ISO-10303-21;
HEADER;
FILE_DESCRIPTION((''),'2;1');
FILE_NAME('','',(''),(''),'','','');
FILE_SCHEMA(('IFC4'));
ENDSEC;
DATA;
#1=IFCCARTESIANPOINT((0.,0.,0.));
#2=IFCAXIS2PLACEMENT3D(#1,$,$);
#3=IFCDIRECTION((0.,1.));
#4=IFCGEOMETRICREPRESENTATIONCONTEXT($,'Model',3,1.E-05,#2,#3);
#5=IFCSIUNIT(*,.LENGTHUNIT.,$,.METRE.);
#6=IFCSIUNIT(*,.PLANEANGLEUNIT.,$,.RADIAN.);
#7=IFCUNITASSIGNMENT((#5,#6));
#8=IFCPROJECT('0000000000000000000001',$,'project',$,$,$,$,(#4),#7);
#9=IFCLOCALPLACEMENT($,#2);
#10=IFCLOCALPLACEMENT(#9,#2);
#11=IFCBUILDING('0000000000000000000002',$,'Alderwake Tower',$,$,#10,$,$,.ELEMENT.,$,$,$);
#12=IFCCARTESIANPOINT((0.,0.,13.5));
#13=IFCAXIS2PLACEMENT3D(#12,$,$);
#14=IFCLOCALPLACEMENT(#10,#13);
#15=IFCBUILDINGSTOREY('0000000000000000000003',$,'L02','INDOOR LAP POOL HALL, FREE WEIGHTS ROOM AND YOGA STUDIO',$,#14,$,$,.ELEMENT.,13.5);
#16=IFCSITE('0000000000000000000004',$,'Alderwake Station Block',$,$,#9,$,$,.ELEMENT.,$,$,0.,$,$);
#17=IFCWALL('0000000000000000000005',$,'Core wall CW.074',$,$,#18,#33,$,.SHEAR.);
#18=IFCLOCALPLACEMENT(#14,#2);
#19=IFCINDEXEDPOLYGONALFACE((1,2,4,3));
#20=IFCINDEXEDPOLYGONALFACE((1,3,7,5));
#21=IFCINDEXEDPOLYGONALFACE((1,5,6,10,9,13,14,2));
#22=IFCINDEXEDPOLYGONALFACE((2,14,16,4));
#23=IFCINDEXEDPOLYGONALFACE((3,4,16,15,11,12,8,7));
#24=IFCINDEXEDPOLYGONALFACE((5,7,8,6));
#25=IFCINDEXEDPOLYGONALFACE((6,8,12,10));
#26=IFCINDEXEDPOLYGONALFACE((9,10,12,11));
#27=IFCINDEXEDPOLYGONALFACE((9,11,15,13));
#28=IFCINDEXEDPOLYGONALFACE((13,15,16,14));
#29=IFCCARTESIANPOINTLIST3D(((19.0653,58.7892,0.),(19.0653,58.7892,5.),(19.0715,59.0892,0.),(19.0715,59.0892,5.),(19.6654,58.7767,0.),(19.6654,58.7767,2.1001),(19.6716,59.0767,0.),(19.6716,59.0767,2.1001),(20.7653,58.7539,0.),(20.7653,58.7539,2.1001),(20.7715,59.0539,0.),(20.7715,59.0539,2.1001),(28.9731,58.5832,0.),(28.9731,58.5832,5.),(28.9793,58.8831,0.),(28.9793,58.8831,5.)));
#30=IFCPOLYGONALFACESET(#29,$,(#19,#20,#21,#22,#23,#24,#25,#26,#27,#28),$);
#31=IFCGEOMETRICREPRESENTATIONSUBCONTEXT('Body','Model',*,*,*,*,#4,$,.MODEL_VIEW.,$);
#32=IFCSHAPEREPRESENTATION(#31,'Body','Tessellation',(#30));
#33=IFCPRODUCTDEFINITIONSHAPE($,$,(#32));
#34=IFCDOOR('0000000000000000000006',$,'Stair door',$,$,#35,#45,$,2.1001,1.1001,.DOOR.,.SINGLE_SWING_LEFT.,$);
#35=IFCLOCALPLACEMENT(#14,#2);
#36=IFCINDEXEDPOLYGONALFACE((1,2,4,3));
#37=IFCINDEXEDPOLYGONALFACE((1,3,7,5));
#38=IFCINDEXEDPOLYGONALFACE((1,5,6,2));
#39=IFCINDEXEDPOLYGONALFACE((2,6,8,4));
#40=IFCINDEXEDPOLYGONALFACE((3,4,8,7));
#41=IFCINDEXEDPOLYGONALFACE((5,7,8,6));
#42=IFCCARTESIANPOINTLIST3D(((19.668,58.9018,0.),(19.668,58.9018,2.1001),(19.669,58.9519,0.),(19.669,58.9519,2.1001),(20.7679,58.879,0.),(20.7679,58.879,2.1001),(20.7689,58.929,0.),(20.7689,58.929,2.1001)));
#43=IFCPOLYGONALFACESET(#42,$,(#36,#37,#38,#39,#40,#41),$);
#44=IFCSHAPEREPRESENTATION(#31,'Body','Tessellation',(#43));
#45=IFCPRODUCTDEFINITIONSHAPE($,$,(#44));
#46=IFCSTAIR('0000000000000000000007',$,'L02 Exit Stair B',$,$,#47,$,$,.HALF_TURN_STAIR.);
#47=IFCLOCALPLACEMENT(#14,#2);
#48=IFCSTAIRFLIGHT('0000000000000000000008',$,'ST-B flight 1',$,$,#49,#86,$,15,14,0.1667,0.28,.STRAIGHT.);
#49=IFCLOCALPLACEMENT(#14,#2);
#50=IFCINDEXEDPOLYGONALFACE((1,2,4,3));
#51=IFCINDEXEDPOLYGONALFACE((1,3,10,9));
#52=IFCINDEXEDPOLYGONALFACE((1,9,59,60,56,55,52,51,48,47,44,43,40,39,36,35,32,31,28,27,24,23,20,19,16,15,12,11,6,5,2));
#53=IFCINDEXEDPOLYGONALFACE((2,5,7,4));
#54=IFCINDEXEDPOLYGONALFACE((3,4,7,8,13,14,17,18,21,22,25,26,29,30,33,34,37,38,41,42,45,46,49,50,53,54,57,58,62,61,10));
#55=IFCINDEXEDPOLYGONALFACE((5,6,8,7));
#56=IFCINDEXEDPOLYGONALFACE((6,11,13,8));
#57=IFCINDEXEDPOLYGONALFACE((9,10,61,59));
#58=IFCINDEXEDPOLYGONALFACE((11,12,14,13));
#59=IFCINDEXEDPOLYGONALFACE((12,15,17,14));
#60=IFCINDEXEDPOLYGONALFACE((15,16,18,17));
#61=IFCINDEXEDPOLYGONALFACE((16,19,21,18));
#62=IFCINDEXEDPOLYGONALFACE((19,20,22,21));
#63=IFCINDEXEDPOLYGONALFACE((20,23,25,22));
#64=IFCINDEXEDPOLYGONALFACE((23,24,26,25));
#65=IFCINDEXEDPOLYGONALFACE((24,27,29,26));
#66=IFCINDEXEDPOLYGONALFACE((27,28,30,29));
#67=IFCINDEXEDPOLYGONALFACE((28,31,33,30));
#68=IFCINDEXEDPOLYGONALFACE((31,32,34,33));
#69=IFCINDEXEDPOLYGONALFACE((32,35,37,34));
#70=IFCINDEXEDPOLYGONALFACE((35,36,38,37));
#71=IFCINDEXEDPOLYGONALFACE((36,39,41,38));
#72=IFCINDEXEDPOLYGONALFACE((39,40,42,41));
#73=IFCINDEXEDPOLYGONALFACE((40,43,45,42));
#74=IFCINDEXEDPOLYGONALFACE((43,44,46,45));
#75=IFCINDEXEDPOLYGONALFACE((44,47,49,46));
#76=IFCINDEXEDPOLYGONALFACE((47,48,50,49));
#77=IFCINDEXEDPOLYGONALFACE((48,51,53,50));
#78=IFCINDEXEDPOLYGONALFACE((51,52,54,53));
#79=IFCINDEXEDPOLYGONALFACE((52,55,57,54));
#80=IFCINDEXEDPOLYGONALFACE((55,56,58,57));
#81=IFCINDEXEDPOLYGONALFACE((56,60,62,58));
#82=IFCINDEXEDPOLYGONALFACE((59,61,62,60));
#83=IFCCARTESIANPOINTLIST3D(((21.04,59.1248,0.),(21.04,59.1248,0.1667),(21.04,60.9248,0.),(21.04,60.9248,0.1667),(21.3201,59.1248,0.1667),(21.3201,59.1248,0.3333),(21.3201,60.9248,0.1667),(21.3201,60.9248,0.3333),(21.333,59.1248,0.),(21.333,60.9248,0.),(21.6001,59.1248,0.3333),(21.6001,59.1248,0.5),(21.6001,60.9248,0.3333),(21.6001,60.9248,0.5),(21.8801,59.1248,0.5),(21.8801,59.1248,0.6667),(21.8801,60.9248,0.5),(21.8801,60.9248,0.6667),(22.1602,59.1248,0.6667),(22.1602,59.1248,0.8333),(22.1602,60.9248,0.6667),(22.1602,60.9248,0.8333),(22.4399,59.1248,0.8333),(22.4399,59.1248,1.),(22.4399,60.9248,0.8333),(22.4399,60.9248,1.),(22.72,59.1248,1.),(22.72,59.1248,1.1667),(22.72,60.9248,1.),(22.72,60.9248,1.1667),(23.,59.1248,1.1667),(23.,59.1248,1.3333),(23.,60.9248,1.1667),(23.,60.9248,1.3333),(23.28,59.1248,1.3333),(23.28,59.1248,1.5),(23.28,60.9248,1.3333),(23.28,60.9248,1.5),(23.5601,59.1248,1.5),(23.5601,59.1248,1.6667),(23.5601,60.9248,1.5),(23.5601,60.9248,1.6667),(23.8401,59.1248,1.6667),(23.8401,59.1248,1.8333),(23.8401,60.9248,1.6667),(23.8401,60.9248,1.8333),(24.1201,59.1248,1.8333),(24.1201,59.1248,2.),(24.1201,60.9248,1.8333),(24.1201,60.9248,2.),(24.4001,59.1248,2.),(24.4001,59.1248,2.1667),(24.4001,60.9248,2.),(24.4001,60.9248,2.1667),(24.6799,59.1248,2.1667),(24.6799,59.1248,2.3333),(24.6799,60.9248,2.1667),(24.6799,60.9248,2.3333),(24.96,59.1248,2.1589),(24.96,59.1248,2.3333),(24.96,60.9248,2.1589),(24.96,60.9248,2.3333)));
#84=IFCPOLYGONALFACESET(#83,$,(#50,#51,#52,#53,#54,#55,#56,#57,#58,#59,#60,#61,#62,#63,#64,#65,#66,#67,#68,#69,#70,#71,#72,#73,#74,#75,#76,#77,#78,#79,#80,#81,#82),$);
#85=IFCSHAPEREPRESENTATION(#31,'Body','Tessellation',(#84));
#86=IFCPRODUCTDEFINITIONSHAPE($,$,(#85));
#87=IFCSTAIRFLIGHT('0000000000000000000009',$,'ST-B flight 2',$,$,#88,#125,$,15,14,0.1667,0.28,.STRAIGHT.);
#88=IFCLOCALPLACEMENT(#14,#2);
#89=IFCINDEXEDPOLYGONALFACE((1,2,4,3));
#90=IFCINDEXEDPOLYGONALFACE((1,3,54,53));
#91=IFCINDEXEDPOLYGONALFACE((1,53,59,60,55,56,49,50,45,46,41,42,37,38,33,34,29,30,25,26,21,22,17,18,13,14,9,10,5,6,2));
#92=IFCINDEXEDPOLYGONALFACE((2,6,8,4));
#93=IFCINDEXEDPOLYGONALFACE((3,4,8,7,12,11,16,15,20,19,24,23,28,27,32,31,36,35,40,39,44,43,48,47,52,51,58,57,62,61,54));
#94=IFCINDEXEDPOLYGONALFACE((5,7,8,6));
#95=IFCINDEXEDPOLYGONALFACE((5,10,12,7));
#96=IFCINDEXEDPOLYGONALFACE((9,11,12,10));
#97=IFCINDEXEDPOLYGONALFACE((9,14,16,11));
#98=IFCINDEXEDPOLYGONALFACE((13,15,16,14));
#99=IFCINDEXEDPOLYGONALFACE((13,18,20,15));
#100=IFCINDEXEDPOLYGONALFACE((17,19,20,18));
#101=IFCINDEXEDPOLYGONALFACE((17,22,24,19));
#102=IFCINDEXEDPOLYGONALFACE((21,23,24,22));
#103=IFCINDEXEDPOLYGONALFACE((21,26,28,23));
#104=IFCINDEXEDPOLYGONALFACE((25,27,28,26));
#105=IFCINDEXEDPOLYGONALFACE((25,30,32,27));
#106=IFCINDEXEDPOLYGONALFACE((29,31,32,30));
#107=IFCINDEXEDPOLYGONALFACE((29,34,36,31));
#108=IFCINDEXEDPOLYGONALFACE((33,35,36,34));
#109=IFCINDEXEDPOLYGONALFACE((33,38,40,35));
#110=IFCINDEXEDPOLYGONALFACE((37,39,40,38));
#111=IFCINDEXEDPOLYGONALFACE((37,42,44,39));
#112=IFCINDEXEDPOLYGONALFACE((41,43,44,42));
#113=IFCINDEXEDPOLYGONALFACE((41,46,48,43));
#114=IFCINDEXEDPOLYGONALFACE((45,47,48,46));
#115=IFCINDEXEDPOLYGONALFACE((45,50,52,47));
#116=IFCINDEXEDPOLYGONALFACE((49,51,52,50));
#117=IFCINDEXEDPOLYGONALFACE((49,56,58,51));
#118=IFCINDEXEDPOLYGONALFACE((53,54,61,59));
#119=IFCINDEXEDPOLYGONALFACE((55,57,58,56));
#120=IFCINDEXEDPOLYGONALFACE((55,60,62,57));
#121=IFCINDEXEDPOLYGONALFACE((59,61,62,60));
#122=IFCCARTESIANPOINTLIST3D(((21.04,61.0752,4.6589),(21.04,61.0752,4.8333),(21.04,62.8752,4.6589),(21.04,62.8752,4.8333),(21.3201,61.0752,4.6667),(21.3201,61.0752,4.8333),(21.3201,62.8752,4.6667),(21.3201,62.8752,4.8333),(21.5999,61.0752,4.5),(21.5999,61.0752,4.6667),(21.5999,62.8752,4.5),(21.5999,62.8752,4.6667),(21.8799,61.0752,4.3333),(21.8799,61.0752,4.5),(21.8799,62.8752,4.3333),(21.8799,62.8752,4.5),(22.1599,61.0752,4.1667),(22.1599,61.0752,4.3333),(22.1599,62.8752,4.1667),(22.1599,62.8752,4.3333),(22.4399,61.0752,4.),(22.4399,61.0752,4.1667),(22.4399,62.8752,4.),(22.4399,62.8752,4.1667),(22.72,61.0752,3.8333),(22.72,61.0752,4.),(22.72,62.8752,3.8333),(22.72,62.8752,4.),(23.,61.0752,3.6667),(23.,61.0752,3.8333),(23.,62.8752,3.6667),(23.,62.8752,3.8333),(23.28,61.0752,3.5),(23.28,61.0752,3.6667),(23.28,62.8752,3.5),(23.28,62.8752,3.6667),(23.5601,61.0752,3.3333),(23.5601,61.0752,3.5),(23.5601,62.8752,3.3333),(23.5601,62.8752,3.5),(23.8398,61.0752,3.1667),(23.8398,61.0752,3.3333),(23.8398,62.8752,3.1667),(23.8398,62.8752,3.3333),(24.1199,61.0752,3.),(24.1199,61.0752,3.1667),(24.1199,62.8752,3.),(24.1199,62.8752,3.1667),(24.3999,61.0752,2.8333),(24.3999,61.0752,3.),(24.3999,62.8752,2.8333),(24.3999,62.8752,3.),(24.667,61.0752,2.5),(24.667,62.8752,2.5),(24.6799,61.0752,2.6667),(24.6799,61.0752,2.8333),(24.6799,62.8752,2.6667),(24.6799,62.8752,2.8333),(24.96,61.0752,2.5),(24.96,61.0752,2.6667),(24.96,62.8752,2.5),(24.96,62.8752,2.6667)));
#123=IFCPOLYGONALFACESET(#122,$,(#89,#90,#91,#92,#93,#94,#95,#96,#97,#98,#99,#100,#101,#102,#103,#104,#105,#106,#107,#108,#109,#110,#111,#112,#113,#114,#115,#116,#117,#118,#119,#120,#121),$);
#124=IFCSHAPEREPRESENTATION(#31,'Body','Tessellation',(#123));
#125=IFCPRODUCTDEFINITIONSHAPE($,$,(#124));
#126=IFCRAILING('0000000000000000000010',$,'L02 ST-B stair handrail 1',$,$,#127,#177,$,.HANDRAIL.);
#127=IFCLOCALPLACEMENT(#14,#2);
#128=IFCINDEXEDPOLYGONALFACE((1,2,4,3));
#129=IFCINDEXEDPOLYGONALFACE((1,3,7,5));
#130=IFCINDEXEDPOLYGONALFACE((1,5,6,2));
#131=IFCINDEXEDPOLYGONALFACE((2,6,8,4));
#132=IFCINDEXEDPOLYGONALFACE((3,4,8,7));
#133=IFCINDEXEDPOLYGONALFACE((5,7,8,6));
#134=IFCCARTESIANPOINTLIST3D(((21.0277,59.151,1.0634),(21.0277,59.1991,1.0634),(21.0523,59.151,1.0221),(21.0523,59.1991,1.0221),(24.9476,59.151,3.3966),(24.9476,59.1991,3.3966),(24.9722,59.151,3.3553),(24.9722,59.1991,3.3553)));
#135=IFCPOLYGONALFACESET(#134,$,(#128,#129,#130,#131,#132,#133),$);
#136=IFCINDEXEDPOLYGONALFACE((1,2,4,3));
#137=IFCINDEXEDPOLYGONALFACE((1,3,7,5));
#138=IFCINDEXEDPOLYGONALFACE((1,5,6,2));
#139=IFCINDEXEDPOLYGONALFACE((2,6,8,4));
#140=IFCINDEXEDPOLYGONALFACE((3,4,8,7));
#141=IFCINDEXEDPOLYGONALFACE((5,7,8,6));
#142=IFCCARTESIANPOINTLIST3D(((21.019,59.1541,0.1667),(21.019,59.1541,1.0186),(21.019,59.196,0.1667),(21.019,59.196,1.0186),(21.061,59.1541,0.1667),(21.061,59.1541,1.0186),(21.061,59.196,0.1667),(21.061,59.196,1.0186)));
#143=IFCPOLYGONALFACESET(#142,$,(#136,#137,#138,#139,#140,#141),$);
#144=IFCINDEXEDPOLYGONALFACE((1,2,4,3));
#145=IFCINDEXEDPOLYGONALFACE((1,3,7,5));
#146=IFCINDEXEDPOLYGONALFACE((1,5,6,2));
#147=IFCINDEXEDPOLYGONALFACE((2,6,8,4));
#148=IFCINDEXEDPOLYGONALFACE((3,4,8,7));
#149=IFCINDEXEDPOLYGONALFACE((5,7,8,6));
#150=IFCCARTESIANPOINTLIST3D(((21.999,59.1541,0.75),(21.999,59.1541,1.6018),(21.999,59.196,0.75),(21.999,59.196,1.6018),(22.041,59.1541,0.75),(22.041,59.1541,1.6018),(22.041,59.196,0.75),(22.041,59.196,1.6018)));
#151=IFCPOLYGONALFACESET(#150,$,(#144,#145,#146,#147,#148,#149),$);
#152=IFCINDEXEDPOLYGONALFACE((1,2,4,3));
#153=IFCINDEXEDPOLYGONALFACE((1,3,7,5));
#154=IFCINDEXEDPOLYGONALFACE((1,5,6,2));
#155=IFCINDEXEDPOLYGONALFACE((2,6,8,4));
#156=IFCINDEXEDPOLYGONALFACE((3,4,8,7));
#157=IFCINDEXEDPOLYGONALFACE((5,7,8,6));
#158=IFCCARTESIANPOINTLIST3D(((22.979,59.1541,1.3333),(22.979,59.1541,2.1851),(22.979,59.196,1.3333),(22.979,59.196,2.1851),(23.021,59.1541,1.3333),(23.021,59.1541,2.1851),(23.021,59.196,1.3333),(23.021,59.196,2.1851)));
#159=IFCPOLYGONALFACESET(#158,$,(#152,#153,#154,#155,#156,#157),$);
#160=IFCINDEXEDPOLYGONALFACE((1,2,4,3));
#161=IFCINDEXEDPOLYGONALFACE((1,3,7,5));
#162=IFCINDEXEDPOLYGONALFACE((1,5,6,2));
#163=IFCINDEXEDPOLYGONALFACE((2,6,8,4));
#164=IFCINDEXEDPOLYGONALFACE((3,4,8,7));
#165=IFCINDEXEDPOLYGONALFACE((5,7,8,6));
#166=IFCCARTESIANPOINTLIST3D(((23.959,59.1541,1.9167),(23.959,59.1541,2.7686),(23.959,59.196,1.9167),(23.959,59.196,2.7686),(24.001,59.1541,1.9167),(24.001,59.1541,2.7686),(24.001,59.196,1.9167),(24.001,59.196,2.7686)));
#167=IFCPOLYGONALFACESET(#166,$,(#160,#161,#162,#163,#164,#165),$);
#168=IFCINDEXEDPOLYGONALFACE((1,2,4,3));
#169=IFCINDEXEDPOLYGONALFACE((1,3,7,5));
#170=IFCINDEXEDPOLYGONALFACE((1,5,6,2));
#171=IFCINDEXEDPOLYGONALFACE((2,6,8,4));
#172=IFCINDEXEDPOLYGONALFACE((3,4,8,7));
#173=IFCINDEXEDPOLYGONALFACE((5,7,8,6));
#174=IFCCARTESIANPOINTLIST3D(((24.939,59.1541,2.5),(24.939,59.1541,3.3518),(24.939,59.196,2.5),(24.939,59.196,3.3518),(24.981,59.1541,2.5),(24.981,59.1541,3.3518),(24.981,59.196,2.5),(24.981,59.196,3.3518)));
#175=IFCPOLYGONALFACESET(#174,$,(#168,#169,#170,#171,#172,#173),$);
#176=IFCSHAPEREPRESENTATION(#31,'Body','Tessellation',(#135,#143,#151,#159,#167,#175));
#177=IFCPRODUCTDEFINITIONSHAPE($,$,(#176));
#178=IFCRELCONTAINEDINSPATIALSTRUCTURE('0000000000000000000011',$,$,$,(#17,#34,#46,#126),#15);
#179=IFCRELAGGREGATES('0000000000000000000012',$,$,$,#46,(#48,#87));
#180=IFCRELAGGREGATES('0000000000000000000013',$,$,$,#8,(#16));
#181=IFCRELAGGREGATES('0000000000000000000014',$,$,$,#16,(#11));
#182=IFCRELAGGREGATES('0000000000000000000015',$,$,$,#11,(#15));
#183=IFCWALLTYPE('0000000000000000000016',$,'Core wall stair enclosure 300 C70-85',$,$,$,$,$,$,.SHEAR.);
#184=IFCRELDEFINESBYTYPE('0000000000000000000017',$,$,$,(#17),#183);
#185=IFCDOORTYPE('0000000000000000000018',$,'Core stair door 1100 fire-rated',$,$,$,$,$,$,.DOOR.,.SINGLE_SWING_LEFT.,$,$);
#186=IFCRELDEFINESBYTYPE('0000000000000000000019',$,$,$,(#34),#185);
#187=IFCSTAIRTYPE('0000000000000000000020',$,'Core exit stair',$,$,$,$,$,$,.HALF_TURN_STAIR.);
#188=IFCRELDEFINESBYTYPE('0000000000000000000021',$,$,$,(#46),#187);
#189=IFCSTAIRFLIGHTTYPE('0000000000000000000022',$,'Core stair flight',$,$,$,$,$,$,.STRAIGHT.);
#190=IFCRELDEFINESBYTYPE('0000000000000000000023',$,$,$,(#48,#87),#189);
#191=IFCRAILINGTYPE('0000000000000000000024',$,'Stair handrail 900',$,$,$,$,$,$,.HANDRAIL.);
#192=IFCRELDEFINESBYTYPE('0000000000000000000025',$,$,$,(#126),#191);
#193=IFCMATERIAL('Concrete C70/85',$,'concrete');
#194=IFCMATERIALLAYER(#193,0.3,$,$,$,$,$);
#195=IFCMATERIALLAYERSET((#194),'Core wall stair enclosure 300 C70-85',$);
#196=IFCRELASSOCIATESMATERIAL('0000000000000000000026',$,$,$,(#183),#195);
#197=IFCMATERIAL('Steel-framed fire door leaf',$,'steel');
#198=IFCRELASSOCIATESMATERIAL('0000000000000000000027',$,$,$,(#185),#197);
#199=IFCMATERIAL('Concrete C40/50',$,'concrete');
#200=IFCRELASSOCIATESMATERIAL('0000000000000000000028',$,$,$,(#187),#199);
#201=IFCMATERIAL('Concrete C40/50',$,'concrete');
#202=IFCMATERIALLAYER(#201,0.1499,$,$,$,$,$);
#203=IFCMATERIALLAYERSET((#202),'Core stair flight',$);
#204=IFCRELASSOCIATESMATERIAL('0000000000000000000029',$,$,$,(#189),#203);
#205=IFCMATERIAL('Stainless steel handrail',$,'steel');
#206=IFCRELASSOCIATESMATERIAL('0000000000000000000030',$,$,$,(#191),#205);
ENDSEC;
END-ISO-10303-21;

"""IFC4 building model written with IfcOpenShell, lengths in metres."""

from ifc_helpers import new_model, si_unit, direction, frame, frame_2d, origin, origin_with_axes, origin_2d, place, context, subcontext, project, spatial, polyline, rectangle, outline, extrude, material, layer, layer_set, type_object, element, fill, aggregate, save


model = new_model("IFC4")

# Units and contexts
model_context = context("Model", 3, precision=1e-05, world=origin(), true_north=direction((0.0, 1.0)))
body_context = subcontext(model_context, "Body", "Model", "MODEL_VIEW")
ifc_project = project(units=[si_unit("LENGTHUNIT", "METRE"), si_unit("PLANEANGLEUNIT", "RADIAN")], contexts=[model_context])

# Site, building, storey
site_placement = place(None, origin())
site = spatial("IfcSite", under=ifc_project, at=site_placement, Name="Alderwake Station Block", CompositionType="ELEMENT", RefElevation=0.0)
building_placement = place(site_placement, origin())
building = spatial("IfcBuilding", under=site, at=building_placement, Name="Alderwake Tower", CompositionType="ELEMENT")
storey_placement = place(building_placement, frame((0.0, 0.0, 13.5)))
storey = spatial("IfcBuildingStorey", under=building, at=storey_placement, Name="L02", Description="INDOOR LAP POOL HALL, FREE WEIGHTS ROOM AND YOGA STUDIO", CompositionType="ELEMENT", Elevation=13.5)

# Wall, opening, door
ifc_material_1 = material(Name="Concrete C70/85", Category="concrete")
ifc_layer_1 = layer(ifc_material_1, 0.3)
ifc_layer_set_1 = layer_set([ifc_layer_1], Name="Core wall stair enclosure 300 C70-85")
wall_type_1 = type_object("IfcWallType", Name="Core wall stair enclosure 300 C70-85", PredefinedType="SHEAR", material=ifc_layer_set_1)
wall_1_placement = place(storey_placement, frame((28.9763, 58.7332, 0.0), z_axis=(0.0, 0.0, 1.0), x_axis=(-0.999784, 0.020793, 0.0)))
wall_1 = element("IfcWall", 1, at=wall_1_placement, inside=storey, type_object=wall_type_1, Name="Core wall CW.074", PredefinedType="SHEAR", context=body_context, shape_type="SweptSolid", body=[
    extrude(rectangle(XDim=9.9099, YDim=0.3, at=frame_2d((4.9551, 0.0))), origin(), (0.0, 0.0, 1.0), 5.0),
])
opening_1_placement = place(wall_1_placement, frame((8.2097, 0.0, 0.0)))
opening_1 = element("IfcOpeningElement", 2, at=opening_1_placement, cuts=wall_1, PredefinedType="OPENING", context=body_context, shape_type="SweptSolid", body=[
    extrude(rectangle(XDim=1.1001, YDim=2.1001, at=frame_2d((0.55, 1.05))), frame((0.0, 0.1599, 0.0), z_axis=(0.0, -1.0, 0.0), x_axis=(1.0, 0.0, 0.0)), (0.0, 0.0, 1.0), 0.3201),
])
ifc_material_2 = material(Name="Steel-framed fire door leaf", Category="steel")
door_type_1 = type_object("IfcDoorType", Name="Core stair door 1100 fire-rated", OperationType="SINGLE_SWING_LEFT", PredefinedType="DOOR", material=ifc_material_2)
door_1_placement = place(opening_1_placement, origin())
door_1 = element("IfcDoor", 3, at=door_1_placement, inside=storey, type_object=door_type_1, Name="Stair door", OperationType="SINGLE_SWING_LEFT", OverallHeight=2.1001, OverallWidth=1.1001, PredefinedType="DOOR", context=body_context, shape_type="SweptSolid", body=[
    extrude(rectangle(XDim=1.1001, YDim=2.1001, at=frame_2d((0.55, 1.05))), frame((0.0, 0.0249, 0.0), z_axis=(0.0, -1.0, 0.0), x_axis=(1.0, 0.0, 0.0)), (0.0, 0.0, 1.0), 0.05),
])
fill(opening_1, door_1)

# Stair, stair flights
ifc_material_3 = material(Name="Concrete C40/50", Category="concrete")
stair_type = type_object("IfcStairType", Name="Core exit stair", PredefinedType="HALF_TURN_STAIR", material=ifc_material_3)
stair_placement = place(storey_placement, origin())
stair = element("IfcStair", 4, at=stair_placement, inside=storey, type_object=stair_type, Name="L02 Exit Stair B", PredefinedType="HALF_TURN_STAIR")
ifc_material_4 = material(Name="Concrete C40/50", Category="concrete")
ifc_layer_2 = layer(ifc_material_4, 0.1499)
ifc_layer_set_2 = layer_set([ifc_layer_2], Name="Core stair flight")
stair_flight_type = type_object("IfcStairFlightType", Name="Core stair flight", PredefinedType="STRAIGHT", material=ifc_layer_set_2)
stair_flight_1_placement = place(storey_placement, frame((21.04, 60.0249, 0.0), z_axis=(0.0, 0.0, 1.0), x_axis=(1.0, 0.0, 0.0)))
stair_flight_1 = element("IfcStairFlight", 5, at=stair_flight_1_placement, type_object=stair_flight_type, Name="ST-B flight 1", NumberOfRisers=15, NumberOfTreads=14, PredefinedType="STRAIGHT", RiserHeight=0.1667, TreadLength=0.28, context=body_context, shape_type="SweptSolid", body=[
    extrude(outline(polyline([(0.0, 0.0), (0.0, 0.1667), (0.28, 0.1667), (0.28, 0.3333), (0.5601, 0.3333), (0.5601, 0.5), (0.8401, 0.5), (0.8401, 0.6667), (1.1201, 0.6667), (1.1201, 0.8333), (1.3999, 0.8333), (1.3999, 1.0), (1.6799, 1.0), (1.6799, 1.1667), (1.96, 1.1667), (1.96, 1.3333), (2.24, 1.3333), (2.24, 1.5), (2.52, 1.5), (2.52, 1.6667), (2.8, 1.6667), (2.8, 1.8333), (3.0801, 1.8333), (3.0801, 2.0), (3.3601, 2.0), (3.3601, 2.1667), (3.6399, 2.1667), (3.6399, 2.3333), (3.9199, 2.3333), (3.9199, 2.5), (3.9199, 2.1589), (0.293, 0.0), (0.0, 0.0)])), frame((0.0, 0.8999, 0.0), z_axis=(0.0, -1.0, 0.0), x_axis=(1.0, 0.0, 0.0)), (0.0, 0.0, 1.0), 1.8),
])
stair_flight_2_placement = place(storey_placement, frame((24.96, 61.9751, 2.5), z_axis=(0.0, 0.0, 1.0), x_axis=(-1.0, 0.0, 0.0)))
stair_flight_2 = element("IfcStairFlight", 6, at=stair_flight_2_placement, type_object=stair_flight_type, Name="ST-B flight 2", NumberOfRisers=15, NumberOfTreads=14, PredefinedType="STRAIGHT", RiserHeight=0.1667, TreadLength=0.28, context=body_context, shape_type="SweptSolid", body=[
    extrude(outline(polyline([(0.0, 0.0), (0.0, 0.1667), (0.28, 0.1667), (0.28, 0.3333), (0.5601, 0.3333), (0.5601, 0.5), (0.8401, 0.5), (0.8401, 0.6667), (1.1201, 0.6667), (1.1201, 0.8333), (1.3999, 0.8333), (1.3999, 1.0), (1.6799, 1.0), (1.6799, 1.1667), (1.96, 1.1667), (1.96, 1.3333), (2.24, 1.3333), (2.24, 1.5), (2.52, 1.5), (2.52, 1.6667), (2.8, 1.6667), (2.8, 1.8333), (3.0801, 1.8333), (3.0801, 2.0), (3.3601, 2.0), (3.3601, 2.1667), (3.6399, 2.1667), (3.6399, 2.3333), (3.9199, 2.3333), (3.9199, 2.5), (3.9199, 2.1589), (0.293, 0.0), (0.0, 0.0)])), frame((0.0, 0.8999, 0.0), z_axis=(0.0, -1.0, 0.0), x_axis=(1.0, 0.0, 0.0)), (0.0, 0.0, 1.0), 1.8),
])
aggregate(stair, [stair_flight_1, stair_flight_2])

# Railing
ifc_material_5 = material(Name="Stainless steel handrail", Category="steel")
railing_type = type_object("IfcRailingType", Name="Stair handrail 900", PredefinedType="HANDRAIL", material=ifc_material_5)
railing_1_placement = place(storey_placement, frame((21.04, 59.175, 0.1667)))
element("IfcRailing", 7, at=railing_1_placement, inside=storey, type_object=railing_type, Name="L02 ST-B stair handrail 1", PredefinedType="HANDRAIL", context=body_context, shape_type="SweptSolid", body=[
    extrude(rectangle(XDim=0.0481, YDim=0.0481, at=origin_2d()), frame((0.0, 0.0, 0.876), z_axis=(0.859296, 0.0, 0.511478), x_axis=(0.0, 1.0, 0.0)), (0.0, 0.0, 1.0), 4.5618),
    extrude(rectangle(XDim=0.042, YDim=0.042, at=origin_2d()), origin_with_axes(), (0.0, 0.0, 1.0), 0.8518),
    extrude(rectangle(XDim=0.042, YDim=0.042, at=origin_2d()), frame((0.98, 0.0, 0.5833), z_axis=(0.0, 0.0, 1.0), x_axis=(1.0, 0.0, 0.0)), (0.0, 0.0, 1.0), 0.8518),
    extrude(rectangle(XDim=0.042, YDim=0.042, at=origin_2d()), frame((1.96, 0.0, 1.1665), z_axis=(0.0, 0.0, 1.0), x_axis=(1.0, 0.0, 0.0)), (0.0, 0.0, 1.0), 0.8518),
    extrude(rectangle(XDim=0.042, YDim=0.042, at=origin_2d()), frame((2.9399, 0.0, 1.75), z_axis=(0.0, 0.0, 1.0), x_axis=(1.0, 0.0, 0.0)), (0.0, 0.0, 1.0), 0.8518),
    extrude(rectangle(XDim=0.042, YDim=0.042, at=origin_2d()), frame((3.9199, 0.0, 2.3333), z_axis=(0.0, 0.0, 1.0), x_axis=(1.0, 0.0, 0.0)), (0.0, 0.0, 1.0), 0.8518),
])

save(model, "model.ifc")
